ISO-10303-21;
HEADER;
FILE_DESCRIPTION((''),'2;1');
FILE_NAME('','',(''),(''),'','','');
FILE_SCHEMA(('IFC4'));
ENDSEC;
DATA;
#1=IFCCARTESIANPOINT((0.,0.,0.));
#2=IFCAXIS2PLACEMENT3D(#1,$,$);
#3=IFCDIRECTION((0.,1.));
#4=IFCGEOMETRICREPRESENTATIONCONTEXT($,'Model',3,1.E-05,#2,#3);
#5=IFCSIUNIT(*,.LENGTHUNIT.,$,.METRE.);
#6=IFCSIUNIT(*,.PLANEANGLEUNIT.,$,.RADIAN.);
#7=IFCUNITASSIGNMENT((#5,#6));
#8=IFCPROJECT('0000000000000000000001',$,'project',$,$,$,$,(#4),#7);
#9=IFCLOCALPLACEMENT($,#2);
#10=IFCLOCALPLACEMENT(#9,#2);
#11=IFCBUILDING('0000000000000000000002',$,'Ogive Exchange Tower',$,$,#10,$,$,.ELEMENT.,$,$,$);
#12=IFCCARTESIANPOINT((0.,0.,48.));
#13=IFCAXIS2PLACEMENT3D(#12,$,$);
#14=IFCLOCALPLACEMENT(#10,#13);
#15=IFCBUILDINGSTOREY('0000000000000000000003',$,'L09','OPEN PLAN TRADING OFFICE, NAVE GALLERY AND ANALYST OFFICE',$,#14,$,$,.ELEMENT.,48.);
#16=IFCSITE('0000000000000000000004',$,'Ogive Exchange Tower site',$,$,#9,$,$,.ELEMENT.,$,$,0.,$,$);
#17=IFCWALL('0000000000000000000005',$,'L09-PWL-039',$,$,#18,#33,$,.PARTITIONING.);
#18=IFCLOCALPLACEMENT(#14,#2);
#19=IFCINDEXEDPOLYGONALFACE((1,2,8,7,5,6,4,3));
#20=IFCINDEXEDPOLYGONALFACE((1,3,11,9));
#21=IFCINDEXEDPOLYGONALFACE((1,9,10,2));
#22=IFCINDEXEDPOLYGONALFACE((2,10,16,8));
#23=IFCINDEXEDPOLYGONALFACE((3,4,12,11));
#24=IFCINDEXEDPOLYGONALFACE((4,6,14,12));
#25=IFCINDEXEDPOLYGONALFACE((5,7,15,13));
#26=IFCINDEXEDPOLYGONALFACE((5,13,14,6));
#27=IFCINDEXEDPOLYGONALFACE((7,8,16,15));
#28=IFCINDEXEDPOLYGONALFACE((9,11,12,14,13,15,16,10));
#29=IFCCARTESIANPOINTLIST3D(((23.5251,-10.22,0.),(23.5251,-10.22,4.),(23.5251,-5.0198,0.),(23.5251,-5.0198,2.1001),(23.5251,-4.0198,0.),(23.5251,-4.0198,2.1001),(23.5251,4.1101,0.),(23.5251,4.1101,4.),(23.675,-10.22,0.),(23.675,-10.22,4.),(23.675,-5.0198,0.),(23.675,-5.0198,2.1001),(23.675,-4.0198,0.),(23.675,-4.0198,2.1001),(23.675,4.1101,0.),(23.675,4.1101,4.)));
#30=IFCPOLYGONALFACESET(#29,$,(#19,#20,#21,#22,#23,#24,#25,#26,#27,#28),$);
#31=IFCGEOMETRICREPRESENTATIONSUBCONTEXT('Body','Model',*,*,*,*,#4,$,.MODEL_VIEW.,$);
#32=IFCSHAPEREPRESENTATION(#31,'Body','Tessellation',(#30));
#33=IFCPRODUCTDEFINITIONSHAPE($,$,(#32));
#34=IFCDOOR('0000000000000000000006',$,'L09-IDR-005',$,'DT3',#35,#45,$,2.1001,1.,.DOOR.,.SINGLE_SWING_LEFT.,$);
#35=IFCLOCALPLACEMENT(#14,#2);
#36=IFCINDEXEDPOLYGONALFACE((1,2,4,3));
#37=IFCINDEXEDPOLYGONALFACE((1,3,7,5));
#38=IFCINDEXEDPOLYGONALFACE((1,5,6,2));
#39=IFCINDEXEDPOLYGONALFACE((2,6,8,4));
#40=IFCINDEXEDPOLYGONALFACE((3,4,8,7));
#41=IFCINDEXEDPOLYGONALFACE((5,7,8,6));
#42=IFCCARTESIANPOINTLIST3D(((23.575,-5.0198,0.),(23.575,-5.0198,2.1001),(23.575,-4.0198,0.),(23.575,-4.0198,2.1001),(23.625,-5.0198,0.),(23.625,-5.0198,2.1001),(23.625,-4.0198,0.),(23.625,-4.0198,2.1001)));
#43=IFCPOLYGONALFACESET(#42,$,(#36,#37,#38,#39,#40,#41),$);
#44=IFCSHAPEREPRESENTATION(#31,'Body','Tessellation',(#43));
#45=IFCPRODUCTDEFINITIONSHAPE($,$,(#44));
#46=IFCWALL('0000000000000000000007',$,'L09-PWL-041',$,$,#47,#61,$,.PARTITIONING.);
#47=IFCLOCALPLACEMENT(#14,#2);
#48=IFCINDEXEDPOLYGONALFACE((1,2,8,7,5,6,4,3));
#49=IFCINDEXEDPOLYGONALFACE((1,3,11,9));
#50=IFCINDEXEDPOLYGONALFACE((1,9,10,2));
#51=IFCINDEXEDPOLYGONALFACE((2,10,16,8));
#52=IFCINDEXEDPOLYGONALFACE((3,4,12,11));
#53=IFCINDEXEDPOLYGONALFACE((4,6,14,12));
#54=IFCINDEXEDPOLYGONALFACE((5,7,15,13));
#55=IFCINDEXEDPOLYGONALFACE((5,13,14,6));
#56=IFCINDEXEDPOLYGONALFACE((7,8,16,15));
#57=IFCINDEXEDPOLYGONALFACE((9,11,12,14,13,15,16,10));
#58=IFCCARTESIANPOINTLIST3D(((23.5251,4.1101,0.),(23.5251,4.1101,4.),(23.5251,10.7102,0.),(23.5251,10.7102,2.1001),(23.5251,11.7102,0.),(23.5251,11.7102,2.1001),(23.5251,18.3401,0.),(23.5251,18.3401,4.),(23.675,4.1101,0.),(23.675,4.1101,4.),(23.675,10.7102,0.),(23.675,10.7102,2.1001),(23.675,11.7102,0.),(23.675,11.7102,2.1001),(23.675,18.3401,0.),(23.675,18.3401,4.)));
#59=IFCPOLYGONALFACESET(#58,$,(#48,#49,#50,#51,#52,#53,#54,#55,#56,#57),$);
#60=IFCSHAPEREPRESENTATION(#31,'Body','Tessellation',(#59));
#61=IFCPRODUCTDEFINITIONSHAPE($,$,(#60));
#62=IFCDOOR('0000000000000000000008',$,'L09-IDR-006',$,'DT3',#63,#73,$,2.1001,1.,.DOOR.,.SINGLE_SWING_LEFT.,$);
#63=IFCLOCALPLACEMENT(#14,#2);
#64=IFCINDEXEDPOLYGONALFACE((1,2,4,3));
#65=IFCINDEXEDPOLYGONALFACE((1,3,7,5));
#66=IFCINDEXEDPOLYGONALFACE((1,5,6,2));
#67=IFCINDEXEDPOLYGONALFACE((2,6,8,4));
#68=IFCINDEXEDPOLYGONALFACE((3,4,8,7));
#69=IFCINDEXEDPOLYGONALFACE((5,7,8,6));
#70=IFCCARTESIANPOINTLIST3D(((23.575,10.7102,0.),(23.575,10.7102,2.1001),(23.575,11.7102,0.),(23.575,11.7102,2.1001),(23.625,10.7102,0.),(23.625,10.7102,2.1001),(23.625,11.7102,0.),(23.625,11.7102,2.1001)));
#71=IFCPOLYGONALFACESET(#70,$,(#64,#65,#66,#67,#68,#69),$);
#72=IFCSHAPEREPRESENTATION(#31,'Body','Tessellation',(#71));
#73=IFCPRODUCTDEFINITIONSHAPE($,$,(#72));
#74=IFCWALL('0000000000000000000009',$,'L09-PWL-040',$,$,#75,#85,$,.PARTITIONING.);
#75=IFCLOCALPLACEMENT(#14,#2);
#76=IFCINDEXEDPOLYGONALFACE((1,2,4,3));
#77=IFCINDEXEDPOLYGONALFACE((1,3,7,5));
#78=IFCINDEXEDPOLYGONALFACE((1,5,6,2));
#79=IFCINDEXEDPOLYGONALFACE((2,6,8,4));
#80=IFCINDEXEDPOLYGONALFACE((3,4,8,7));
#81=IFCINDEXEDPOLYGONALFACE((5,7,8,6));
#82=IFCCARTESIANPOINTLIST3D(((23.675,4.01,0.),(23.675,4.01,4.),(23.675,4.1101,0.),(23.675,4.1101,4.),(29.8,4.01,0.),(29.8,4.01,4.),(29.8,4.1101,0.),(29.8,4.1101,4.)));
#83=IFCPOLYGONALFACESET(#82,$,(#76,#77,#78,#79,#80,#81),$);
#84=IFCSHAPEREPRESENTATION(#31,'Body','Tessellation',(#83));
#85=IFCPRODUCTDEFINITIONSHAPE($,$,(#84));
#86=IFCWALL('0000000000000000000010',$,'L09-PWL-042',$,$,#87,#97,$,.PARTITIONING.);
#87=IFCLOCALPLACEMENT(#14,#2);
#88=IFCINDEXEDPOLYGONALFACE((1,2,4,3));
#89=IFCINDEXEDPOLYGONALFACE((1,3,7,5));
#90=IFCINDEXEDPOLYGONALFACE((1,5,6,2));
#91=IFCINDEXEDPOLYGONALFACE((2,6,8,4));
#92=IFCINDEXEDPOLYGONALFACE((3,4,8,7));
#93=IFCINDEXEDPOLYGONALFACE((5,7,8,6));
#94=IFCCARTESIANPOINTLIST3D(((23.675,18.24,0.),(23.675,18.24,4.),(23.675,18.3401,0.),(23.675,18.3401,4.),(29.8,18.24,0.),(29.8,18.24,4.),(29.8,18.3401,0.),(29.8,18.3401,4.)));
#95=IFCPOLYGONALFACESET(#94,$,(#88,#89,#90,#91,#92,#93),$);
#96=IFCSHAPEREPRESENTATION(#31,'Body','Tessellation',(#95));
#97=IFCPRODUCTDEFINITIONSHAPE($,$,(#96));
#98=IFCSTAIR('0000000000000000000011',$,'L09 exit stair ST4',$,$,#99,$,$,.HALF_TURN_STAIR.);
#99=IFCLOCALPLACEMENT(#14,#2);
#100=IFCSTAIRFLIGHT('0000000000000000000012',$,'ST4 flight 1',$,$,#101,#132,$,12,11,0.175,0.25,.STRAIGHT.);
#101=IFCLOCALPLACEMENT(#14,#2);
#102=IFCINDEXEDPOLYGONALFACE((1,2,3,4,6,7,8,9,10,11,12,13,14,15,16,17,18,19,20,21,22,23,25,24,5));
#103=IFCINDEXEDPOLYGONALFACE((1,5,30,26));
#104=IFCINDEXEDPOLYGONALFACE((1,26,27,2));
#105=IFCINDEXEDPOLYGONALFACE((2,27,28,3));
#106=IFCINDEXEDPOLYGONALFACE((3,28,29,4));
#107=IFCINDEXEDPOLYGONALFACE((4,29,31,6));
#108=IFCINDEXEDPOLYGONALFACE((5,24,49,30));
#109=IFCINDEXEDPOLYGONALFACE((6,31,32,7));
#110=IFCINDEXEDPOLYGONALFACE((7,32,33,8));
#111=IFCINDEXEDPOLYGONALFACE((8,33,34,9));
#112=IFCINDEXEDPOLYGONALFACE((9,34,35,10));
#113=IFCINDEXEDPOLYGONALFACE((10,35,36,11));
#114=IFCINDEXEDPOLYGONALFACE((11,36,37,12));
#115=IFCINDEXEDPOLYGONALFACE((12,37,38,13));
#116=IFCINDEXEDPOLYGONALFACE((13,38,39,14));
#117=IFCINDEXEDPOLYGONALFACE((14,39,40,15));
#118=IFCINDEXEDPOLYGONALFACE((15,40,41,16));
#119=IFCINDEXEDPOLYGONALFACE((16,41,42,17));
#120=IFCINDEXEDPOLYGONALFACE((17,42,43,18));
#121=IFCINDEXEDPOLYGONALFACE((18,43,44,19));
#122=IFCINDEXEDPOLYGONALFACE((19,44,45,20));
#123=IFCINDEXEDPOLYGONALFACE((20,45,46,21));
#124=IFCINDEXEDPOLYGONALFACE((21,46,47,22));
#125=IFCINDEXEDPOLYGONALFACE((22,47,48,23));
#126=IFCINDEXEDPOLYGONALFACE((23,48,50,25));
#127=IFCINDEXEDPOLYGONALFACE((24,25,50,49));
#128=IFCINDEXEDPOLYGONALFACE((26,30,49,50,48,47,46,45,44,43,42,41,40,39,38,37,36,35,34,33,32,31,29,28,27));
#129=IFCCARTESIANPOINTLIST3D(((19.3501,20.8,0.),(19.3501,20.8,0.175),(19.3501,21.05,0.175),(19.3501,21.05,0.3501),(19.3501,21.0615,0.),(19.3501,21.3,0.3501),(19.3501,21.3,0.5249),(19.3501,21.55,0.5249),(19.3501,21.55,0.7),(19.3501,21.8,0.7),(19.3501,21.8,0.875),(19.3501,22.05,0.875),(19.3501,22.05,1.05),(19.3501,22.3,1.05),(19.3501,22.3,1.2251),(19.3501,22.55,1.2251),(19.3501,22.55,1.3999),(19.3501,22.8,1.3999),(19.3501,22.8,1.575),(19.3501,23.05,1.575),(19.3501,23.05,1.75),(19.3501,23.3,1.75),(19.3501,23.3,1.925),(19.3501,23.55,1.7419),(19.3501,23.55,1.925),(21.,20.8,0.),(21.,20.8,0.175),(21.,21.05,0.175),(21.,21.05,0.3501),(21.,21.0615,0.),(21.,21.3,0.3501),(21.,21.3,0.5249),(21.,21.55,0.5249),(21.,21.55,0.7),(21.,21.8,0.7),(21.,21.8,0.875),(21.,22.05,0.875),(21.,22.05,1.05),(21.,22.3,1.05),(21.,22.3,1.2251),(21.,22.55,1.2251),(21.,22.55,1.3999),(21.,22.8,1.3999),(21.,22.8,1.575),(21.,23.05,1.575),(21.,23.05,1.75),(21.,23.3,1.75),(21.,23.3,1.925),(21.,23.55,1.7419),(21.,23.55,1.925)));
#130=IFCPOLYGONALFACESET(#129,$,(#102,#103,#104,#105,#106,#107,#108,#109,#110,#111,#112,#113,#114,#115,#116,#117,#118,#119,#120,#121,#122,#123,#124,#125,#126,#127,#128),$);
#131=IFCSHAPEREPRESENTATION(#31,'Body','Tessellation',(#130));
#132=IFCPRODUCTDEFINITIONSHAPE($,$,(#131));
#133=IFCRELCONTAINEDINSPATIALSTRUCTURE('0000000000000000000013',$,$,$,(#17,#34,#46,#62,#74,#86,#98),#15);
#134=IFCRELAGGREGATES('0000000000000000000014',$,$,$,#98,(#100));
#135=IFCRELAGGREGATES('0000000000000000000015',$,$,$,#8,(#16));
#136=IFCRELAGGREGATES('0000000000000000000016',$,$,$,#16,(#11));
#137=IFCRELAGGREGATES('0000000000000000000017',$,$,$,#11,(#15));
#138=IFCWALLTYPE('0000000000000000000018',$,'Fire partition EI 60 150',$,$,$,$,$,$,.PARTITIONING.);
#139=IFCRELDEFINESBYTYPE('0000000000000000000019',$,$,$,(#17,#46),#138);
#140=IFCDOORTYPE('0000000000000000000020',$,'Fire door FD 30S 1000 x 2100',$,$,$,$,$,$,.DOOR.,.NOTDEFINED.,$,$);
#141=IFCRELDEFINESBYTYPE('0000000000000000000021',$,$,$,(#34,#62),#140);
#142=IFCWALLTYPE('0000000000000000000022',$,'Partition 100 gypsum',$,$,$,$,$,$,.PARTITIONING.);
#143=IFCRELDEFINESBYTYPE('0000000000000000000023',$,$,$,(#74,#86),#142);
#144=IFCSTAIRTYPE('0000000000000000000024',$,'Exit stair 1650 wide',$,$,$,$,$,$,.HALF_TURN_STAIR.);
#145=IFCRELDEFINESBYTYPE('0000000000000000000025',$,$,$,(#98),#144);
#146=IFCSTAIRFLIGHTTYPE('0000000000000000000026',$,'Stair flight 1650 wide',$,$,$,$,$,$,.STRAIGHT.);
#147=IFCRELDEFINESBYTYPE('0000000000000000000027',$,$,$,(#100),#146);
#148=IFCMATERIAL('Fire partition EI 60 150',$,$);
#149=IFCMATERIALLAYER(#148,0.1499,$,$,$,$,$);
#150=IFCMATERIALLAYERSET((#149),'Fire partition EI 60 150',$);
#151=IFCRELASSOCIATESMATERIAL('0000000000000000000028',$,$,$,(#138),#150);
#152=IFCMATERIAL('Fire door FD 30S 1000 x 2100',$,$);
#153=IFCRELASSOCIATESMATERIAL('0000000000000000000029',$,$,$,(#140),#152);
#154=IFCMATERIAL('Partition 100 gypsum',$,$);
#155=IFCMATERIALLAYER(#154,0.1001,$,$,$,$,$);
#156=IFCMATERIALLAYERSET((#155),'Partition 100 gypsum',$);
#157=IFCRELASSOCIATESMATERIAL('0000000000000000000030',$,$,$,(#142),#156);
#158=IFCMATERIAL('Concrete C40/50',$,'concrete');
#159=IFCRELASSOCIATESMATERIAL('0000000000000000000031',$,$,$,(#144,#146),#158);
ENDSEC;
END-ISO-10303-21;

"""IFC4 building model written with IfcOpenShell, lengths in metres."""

from ifc_helpers import new_model, si_unit, direction, frame, frame_2d, origin, place, context, subcontext, project, spatial, polyline, rectangle, outline, extrude, material, layer, layer_set, type_object, element, fill, aggregate, save


model = new_model("IFC4")

# Units and contexts
model_context = context("Model", 3, precision=1e-05, world=origin(), true_north=direction((0.0, 1.0)))
body_context = subcontext(model_context, "Body", "Model", "MODEL_VIEW")
ifc_project = project(units=[si_unit("LENGTHUNIT", "METRE"), si_unit("PLANEANGLEUNIT", "RADIAN")], contexts=[model_context])

# Site, building, storey
site_placement = place(None, origin())
site = spatial("IfcSite", under=ifc_project, at=site_placement, Name="Ogive Exchange Tower site", CompositionType="ELEMENT", RefElevation=0.0)
building_placement = place(site_placement, origin())
building = spatial("IfcBuilding", under=site, at=building_placement, Name="Ogive Exchange Tower", CompositionType="ELEMENT")
storey_placement = place(building_placement, frame((0.0, 0.0, 48.0)))
storey = spatial("IfcBuildingStorey", under=building, at=storey_placement, Name="L09", Description="OPEN PLAN TRADING OFFICE, NAVE GALLERY AND ANALYST OFFICE", CompositionType="ELEMENT", Elevation=48.0)

# Walls, openings, doors
ifc_material_1 = material(Name="Fire partition EI 60 150")
ifc_layer_1 = layer(ifc_material_1, 0.1499)
ifc_layer_set_1 = layer_set([ifc_layer_1], Name="Fire partition EI 60 150")
wall_type_1 = type_object("IfcWallType", Name="Fire partition EI 60 150", PredefinedType="PARTITIONING", material=ifc_layer_set_1)
wall_1_placement = place(storey_placement, frame((23.6001, 4.1101, 0.0), z_axis=(0.0, 0.0, 1.0), x_axis=(0.0, -1.0, 0.0)))
wall_1 = element("IfcWall", 1, at=wall_1_placement, inside=storey, type_object=wall_type_1, Name="L09-PWL-039", PredefinedType="PARTITIONING", context=body_context, shape_type="SweptSolid", body=[
    extrude(rectangle(XDim=14.3301, YDim=0.1499, at=frame_2d((7.165, 0.0))), origin(), (0.0, 0.0, 1.0), 4.0),
])
opening_1_placement = place(wall_1_placement, frame((8.1299, 0.0, 0.0)))
opening_1 = element("IfcOpeningElement", 2, at=opening_1_placement, cuts=wall_1, PredefinedType="OPENING", context=body_context, shape_type="SweptSolid", body=[
    extrude(rectangle(XDim=1.0, YDim=2.1001, at=frame_2d((0.5, 1.05))), frame((0.0, 0.085, 0.0), z_axis=(0.0, -1.0, 0.0), x_axis=(1.0, 0.0, 0.0)), (0.0, 0.0, 1.0), 0.1699),
])
ifc_material_2 = material(Name="Fire door FD 30S 1000 x 2100")
door_type = type_object("IfcDoorType", Name="Fire door FD 30S 1000 x 2100", OperationType="NOTDEFINED", PredefinedType="DOOR", material=ifc_material_2)
door_1_placement = place(opening_1_placement, origin())
door_1 = element("IfcDoor", 3, at=door_1_placement, inside=storey, type_object=door_type, Name="L09-IDR-005", ObjectType="DT3", OperationType="SINGLE_SWING_LEFT", OverallHeight=2.1001, OverallWidth=1.0, PredefinedType="DOOR", context=body_context, shape_type="SweptSolid", body=[
    extrude(rectangle(XDim=1.0, YDim=2.1001, at=frame_2d((0.5, 1.05))), frame((0.0, 0.0249, 0.0), z_axis=(0.0, -1.0, 0.0), x_axis=(1.0, 0.0, 0.0)), (0.0, 0.0, 1.0), 0.05),
])
fill(opening_1, door_1)
wall_2_placement = place(storey_placement, frame((23.6001, 18.3401, 0.0), z_axis=(0.0, 0.0, 1.0), x_axis=(0.0, -1.0, 0.0)))
wall_2 = element("IfcWall", 4, at=wall_2_placement, inside=storey, type_object=wall_type_1, Name="L09-PWL-041", PredefinedType="PARTITIONING", context=body_context, shape_type="SweptSolid", body=[
    extrude(rectangle(XDim=14.23, YDim=0.1499, at=frame_2d((7.115, 0.0))), origin(), (0.0, 0.0, 1.0), 4.0),
])
opening_2_placement = place(wall_2_placement, frame((6.6299, 0.0, 0.0)))
opening_2 = element("IfcOpeningElement", 5, at=opening_2_placement, cuts=wall_2, PredefinedType="OPENING", context=body_context, shape_type="SweptSolid", body=[
    extrude(rectangle(XDim=1.0, YDim=2.1001, at=frame_2d((0.5, 1.05))), frame((0.0, 0.085, 0.0), z_axis=(0.0, -1.0, 0.0), x_axis=(1.0, 0.0, 0.0)), (0.0, 0.0, 1.0), 0.1699),
])
door_2_placement = place(opening_2_placement, origin())
door_2 = element("IfcDoor", 6, at=door_2_placement, inside=storey, type_object=door_type, Name="L09-IDR-006", ObjectType="DT3", OperationType="SINGLE_SWING_LEFT", OverallHeight=2.1001, OverallWidth=1.0, PredefinedType="DOOR", context=body_context, shape_type="SweptSolid", body=[
    extrude(rectangle(XDim=1.0, YDim=2.1001, at=frame_2d((0.5, 1.05))), frame((0.0, 0.0249, 0.0), z_axis=(0.0, -1.0, 0.0), x_axis=(1.0, 0.0, 0.0)), (0.0, 0.0, 1.0), 0.05),
])
fill(opening_2, door_2)

# Walls
ifc_material_3 = material(Name="Partition 100 gypsum")
ifc_layer_2 = layer(ifc_material_3, 0.1001)
ifc_layer_set_2 = layer_set([ifc_layer_2], Name="Partition 100 gypsum")
wall_type_2 = type_object("IfcWallType", Name="Partition 100 gypsum", PredefinedType="PARTITIONING", material=ifc_layer_set_2)
for number, where, z_axis, x_axis, name in (
    (7, (23.675, 4.0601, 0.0), (0.0, 0.0, 1.0), (1.0, 0.0, 0.0), "L09-PWL-040"),
    (8, (23.675, 18.29, 0.0), (0.0, 0.0, 1.0), (1.0, 0.0, 0.0), "L09-PWL-042"),
):
    element("IfcWall", number, at=place(storey_placement, frame(where, z_axis=z_axis, x_axis=x_axis)), inside=storey, type_object=wall_type_2, Name=name, PredefinedType="PARTITIONING", context=body_context, shape_type="SweptSolid", body=[
        extrude(rectangle(XDim=6.125, YDim=0.1001, at=frame_2d((3.0625, 0.0))), origin(), (0.0, 0.0, 1.0), 4.0),
    ])

# Stair, stair flight
ifc_material_4 = material(Name="Concrete C40/50", Category="concrete")
stair_type = type_object("IfcStairType", Name="Exit stair 1650 wide", PredefinedType="HALF_TURN_STAIR", material=ifc_material_4)
stair_placement = place(storey_placement, origin())
stair = element("IfcStair", 9, at=stair_placement, inside=storey, type_object=stair_type, Name="L09 exit stair ST4", PredefinedType="HALF_TURN_STAIR")
stair_flight_type = type_object("IfcStairFlightType", Name="Stair flight 1650 wide", PredefinedType="STRAIGHT", material=ifc_material_4)
stair_flight_placement = place(storey_placement, frame((20.175, 20.8, 0.0), z_axis=(0.0, 0.0, 1.0), x_axis=(0.0, 1.0, 0.0)))
stair_flight = element("IfcStairFlight", 10, at=stair_flight_placement, type_object=stair_flight_type, Name="ST4 flight 1", NumberOfRisers=12, NumberOfTreads=11, PredefinedType="STRAIGHT", RiserHeight=0.175, TreadLength=0.25, context=body_context, shape_type="SweptSolid", body=[
    extrude(outline(polyline([(0.0, 0.0), (0.0, 0.175), (0.25, 0.175), (0.25, 0.3501), (0.5, 0.3501), (0.5, 0.5249), (0.75, 0.5249), (0.75, 0.7), (1.0, 0.7), (1.0, 0.875), (1.25, 0.875), (1.25, 1.05), (1.5, 1.05), (1.5, 1.2251), (1.75, 1.2251), (1.75, 1.3999), (2.0, 1.3999), (2.0, 1.575), (2.25, 1.575), (2.25, 1.75), (2.5, 1.75), (2.5, 1.925), (2.75, 1.925), (2.75, 2.1001), (2.75, 1.7419), (0.2615, 0.0), (0.0, 0.0)])), frame((0.0, 0.825, 0.0), z_axis=(0.0, -1.0, 0.0), x_axis=(1.0, 0.0, 0.0)), (0.0, 0.0, 1.0), 1.6499),
])
aggregate(stair, [stair_flight])

save(model, "model.ifc")
